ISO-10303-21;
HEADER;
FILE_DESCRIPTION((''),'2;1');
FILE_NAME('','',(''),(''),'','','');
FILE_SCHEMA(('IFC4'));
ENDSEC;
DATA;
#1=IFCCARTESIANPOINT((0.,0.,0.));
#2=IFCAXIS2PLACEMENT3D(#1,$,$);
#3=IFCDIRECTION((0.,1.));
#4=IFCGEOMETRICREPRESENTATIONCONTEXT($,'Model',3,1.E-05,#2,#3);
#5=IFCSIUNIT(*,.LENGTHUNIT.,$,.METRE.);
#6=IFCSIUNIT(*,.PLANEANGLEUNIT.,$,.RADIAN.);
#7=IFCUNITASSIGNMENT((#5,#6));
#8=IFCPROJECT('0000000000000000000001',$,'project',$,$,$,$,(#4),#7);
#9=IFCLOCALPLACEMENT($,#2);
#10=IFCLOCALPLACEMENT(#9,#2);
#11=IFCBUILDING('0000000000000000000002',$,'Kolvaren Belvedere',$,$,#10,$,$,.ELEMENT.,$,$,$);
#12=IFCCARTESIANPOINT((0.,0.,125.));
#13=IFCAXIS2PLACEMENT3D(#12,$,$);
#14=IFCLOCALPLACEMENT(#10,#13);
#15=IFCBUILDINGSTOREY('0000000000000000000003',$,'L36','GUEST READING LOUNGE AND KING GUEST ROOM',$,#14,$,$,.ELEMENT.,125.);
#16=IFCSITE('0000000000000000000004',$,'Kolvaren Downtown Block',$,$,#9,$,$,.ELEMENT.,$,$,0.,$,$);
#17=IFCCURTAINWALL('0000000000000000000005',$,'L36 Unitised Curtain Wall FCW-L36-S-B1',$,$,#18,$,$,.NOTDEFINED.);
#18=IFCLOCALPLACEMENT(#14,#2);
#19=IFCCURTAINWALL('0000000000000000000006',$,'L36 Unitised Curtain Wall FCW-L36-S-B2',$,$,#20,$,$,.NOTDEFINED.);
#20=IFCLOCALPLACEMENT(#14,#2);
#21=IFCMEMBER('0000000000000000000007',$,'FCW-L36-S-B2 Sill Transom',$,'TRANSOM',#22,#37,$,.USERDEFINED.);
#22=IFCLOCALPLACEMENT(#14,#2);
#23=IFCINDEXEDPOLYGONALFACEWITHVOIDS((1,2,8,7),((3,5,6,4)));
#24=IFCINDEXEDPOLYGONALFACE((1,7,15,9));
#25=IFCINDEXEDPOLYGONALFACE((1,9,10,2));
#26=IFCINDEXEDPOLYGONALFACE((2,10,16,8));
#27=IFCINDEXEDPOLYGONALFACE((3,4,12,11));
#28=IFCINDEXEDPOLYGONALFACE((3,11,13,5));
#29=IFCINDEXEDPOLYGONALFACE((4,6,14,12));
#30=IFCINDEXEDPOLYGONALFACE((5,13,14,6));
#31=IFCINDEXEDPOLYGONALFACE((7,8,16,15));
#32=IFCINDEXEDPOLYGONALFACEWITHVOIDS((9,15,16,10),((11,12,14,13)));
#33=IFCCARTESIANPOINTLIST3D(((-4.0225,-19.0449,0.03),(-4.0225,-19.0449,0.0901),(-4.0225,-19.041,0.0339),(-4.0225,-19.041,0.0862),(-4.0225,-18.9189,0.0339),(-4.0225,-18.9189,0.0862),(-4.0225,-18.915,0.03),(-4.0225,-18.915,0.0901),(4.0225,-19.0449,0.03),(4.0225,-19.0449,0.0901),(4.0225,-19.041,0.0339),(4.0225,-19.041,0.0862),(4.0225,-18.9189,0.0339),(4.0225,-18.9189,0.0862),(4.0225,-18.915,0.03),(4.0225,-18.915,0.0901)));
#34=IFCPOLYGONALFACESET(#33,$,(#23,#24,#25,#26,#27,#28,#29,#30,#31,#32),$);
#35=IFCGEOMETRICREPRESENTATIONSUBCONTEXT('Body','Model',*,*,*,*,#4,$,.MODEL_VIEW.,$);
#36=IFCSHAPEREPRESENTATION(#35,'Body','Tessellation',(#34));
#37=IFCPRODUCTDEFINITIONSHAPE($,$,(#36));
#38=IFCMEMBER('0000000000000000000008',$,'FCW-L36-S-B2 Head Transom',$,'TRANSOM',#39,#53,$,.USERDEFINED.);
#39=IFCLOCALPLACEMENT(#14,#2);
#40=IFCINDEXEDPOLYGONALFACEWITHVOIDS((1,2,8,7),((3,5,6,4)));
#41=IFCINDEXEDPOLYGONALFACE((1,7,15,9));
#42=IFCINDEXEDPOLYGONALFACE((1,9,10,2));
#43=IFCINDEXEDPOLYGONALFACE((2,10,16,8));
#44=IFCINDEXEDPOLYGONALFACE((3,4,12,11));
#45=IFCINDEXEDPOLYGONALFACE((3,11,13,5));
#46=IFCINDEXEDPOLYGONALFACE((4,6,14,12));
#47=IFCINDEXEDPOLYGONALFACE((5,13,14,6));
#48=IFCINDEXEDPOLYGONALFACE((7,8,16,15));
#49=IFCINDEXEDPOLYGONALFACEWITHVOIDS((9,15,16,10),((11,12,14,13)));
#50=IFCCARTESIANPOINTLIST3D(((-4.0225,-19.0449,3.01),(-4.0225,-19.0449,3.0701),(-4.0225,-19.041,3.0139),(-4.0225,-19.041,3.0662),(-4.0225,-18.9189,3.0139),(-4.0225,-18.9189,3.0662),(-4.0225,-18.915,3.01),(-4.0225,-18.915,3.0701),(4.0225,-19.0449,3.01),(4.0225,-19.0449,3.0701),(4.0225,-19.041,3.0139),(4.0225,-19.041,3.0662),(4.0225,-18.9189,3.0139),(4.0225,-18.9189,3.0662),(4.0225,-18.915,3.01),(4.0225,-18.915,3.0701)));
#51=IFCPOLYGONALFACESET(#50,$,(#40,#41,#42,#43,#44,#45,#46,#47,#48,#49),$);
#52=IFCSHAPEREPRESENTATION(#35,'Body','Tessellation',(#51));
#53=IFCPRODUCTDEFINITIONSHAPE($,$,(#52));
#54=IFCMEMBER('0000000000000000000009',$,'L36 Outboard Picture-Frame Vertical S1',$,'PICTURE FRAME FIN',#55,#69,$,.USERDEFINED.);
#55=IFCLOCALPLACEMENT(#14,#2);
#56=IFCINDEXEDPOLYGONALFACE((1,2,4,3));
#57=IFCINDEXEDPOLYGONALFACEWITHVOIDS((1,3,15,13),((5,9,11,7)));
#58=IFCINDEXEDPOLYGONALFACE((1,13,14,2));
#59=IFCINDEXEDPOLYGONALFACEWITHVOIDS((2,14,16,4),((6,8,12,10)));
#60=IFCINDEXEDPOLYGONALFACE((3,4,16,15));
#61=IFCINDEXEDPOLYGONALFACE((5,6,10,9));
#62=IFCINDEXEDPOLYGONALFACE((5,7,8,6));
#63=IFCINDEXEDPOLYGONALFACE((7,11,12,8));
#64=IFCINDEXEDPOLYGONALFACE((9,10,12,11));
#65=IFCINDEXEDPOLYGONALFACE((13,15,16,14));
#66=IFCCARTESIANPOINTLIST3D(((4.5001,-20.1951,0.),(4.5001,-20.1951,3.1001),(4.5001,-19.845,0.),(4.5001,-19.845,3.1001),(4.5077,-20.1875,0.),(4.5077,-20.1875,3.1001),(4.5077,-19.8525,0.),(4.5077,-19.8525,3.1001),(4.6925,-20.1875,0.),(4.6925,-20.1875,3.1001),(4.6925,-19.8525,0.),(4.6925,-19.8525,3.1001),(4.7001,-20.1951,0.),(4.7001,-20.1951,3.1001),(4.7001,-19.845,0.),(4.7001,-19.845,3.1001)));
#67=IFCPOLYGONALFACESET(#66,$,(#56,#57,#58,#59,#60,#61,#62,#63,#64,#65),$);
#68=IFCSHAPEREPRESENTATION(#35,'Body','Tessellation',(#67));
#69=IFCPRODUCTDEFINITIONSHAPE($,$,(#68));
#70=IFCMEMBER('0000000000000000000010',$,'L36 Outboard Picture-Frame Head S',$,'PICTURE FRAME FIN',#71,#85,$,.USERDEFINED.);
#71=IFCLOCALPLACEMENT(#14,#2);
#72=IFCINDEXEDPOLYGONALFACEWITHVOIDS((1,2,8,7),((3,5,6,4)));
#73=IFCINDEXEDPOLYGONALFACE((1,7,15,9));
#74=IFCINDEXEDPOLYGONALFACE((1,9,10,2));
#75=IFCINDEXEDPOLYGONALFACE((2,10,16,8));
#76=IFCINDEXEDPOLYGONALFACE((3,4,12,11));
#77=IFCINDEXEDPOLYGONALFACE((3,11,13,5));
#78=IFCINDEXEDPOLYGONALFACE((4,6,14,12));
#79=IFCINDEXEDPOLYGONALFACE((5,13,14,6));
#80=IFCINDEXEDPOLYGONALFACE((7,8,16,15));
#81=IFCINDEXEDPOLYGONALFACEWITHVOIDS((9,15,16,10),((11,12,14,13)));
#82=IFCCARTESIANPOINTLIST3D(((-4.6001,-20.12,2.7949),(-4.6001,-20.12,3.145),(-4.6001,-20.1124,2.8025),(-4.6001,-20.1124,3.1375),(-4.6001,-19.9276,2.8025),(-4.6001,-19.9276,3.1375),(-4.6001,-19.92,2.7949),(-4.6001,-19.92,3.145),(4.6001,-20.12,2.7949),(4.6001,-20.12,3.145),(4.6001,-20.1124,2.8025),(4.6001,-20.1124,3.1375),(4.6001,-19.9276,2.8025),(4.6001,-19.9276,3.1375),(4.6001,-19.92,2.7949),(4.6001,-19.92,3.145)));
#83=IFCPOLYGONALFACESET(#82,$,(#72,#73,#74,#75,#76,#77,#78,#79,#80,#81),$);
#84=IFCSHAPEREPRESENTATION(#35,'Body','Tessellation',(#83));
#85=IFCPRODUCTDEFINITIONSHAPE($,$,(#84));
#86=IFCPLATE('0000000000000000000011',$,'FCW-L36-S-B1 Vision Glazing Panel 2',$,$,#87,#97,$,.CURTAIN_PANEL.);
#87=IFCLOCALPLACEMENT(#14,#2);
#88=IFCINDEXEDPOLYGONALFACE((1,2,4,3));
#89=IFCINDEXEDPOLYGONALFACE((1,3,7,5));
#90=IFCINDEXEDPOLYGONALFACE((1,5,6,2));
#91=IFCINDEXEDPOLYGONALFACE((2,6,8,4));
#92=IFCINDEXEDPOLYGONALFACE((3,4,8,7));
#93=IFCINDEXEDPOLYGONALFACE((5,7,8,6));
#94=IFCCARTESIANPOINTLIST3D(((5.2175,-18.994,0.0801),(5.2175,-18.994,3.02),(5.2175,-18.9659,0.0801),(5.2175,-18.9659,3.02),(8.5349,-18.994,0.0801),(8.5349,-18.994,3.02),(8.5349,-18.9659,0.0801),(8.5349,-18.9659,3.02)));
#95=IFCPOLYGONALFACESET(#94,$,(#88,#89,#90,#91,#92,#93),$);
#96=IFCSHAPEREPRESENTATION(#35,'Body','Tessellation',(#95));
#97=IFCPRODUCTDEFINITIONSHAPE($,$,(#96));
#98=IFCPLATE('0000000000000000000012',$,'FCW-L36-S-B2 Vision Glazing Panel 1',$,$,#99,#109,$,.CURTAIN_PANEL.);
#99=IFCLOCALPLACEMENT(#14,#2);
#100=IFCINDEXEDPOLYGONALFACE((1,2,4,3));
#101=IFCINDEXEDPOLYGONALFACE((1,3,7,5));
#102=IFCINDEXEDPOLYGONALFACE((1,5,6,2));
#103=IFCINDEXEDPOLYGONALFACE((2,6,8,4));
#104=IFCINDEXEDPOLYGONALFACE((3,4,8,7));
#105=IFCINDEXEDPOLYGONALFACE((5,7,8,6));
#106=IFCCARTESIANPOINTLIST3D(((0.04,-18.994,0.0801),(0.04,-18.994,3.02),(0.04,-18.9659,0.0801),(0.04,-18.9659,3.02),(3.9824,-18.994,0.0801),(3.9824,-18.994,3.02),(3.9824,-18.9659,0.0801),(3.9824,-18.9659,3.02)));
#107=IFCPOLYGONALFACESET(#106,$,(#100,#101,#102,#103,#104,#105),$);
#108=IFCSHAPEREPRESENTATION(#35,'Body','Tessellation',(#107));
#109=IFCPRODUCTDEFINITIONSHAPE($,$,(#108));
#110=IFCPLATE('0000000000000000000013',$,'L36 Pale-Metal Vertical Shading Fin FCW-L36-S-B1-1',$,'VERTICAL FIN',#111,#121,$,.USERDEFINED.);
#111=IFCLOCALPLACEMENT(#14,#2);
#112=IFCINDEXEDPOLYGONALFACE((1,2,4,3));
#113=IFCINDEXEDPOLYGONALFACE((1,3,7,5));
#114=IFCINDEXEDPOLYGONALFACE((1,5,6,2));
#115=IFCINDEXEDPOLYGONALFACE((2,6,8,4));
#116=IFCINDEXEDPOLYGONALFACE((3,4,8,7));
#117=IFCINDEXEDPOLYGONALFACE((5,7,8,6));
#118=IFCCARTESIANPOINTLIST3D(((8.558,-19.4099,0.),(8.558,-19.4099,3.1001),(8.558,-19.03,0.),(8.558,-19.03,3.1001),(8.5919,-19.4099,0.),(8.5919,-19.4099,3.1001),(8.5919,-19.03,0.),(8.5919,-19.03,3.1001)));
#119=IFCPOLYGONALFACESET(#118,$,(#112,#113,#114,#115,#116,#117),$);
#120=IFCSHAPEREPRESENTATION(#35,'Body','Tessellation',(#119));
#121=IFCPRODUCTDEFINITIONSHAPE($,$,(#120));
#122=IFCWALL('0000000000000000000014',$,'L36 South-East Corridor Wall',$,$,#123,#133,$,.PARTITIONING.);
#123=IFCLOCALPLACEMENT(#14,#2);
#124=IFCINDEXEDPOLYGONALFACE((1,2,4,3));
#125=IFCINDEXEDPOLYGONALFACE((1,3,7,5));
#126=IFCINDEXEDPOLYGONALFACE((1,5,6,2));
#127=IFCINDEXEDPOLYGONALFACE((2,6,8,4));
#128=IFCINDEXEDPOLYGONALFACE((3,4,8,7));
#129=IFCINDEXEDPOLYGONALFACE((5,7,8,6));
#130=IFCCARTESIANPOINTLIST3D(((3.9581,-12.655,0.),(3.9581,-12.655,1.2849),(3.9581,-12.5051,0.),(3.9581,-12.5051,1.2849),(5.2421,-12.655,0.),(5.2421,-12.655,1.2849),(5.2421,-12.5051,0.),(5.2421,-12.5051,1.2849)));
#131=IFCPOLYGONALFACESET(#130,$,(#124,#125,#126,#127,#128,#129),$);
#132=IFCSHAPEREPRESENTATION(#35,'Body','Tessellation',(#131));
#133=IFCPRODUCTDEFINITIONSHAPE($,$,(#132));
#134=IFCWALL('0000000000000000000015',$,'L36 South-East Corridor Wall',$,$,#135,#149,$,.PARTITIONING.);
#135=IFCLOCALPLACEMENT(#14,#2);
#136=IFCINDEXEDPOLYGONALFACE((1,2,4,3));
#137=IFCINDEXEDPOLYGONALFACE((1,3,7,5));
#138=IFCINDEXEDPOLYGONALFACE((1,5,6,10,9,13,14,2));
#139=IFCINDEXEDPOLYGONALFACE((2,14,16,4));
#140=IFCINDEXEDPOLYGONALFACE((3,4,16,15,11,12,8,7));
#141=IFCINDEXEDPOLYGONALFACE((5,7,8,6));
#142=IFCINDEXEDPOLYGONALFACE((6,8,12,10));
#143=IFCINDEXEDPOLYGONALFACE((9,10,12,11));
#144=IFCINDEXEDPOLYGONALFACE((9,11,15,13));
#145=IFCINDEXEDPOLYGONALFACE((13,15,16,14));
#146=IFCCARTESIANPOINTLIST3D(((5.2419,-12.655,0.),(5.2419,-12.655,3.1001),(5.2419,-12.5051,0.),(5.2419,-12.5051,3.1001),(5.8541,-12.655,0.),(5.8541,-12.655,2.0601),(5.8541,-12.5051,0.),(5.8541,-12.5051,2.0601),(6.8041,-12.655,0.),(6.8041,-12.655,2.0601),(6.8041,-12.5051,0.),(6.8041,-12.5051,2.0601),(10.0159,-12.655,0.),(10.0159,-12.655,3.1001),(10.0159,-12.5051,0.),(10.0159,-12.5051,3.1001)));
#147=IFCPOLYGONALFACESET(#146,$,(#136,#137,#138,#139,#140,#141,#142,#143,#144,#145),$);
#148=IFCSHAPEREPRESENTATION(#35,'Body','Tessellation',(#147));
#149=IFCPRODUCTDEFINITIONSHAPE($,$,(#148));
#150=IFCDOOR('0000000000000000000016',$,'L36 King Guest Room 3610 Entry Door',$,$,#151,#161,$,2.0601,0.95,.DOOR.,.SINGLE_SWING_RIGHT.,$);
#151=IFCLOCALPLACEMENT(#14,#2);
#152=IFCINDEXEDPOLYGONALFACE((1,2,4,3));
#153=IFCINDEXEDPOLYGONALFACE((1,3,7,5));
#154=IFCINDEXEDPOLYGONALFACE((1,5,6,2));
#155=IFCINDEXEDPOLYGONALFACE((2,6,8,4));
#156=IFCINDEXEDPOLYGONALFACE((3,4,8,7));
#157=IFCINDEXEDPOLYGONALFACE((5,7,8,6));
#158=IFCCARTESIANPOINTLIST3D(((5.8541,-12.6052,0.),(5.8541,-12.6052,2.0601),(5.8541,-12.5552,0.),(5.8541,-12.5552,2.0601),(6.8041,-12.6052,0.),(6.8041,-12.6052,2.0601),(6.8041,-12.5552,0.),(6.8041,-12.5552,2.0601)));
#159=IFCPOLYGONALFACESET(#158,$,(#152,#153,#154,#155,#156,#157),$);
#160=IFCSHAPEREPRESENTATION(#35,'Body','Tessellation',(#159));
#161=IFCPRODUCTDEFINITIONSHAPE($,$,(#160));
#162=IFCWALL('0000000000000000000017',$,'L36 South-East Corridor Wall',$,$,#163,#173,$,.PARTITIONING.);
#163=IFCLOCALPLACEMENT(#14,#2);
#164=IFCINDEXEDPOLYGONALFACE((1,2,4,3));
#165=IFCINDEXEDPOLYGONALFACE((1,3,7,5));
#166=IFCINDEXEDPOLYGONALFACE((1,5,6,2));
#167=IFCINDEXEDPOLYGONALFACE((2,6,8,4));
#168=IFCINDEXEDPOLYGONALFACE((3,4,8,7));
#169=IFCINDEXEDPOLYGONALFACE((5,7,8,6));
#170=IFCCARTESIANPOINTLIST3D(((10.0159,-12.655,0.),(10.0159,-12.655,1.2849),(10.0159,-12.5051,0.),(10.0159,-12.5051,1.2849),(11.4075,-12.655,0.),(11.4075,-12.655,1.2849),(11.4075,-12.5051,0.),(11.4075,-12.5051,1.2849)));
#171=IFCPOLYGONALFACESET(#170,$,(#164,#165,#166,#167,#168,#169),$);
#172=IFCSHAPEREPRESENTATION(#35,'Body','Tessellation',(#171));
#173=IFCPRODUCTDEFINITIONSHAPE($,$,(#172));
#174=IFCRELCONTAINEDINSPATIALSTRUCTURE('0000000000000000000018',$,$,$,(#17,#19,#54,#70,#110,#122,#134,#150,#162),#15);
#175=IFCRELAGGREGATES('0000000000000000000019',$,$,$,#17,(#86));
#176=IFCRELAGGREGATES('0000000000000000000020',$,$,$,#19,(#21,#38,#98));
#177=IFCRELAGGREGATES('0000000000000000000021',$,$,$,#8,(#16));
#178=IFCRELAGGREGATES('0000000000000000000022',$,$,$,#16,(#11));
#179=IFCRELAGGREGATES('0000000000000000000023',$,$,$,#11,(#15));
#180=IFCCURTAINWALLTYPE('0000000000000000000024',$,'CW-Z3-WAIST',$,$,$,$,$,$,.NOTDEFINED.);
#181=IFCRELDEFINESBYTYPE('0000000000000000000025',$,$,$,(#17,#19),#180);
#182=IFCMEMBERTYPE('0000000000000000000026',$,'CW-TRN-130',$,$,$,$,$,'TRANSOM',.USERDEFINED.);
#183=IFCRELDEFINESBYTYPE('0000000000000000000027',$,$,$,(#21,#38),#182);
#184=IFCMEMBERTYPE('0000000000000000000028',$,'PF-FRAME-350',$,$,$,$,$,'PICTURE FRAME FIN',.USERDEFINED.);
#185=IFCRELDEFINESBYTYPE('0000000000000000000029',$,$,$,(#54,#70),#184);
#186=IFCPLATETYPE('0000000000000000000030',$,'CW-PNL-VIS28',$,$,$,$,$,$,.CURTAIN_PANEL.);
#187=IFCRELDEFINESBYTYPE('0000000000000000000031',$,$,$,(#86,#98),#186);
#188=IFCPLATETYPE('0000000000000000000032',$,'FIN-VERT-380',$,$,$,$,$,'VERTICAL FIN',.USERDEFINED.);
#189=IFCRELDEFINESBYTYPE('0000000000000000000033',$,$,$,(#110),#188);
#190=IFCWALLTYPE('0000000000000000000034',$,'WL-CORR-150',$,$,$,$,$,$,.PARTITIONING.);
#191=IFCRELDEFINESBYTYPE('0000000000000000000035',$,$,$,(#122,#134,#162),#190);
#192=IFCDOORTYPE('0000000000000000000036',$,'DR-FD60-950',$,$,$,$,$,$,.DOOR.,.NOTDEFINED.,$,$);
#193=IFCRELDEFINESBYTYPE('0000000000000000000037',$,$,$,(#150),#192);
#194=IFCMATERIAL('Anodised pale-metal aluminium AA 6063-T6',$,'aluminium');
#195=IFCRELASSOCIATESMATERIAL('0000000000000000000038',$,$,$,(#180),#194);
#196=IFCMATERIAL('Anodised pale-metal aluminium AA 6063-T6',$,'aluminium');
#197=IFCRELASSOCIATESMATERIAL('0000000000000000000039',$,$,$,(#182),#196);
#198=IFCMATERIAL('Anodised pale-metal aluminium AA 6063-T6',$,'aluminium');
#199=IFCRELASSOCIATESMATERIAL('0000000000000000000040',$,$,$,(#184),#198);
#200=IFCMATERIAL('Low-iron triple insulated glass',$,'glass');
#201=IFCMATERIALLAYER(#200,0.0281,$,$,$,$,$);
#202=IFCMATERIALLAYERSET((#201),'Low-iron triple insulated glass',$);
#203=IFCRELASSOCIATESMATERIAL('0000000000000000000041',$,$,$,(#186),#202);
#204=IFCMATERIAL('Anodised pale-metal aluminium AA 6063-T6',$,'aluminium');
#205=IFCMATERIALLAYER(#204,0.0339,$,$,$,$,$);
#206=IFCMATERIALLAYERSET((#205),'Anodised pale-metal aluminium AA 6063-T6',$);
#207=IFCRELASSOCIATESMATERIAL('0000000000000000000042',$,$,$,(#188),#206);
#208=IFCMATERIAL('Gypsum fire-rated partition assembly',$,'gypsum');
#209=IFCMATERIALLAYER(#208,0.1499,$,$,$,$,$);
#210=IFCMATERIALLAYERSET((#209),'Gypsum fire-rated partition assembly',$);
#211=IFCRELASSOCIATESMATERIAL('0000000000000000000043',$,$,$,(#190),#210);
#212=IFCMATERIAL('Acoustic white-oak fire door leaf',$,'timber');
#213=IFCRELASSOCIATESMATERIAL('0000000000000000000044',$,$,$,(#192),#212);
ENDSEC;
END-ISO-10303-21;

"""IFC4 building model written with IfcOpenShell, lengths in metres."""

from ifc_helpers import new_model, si_unit, direction, frame, frame_2d, origin, origin_2d, place, context, subcontext, project, spatial, rectangle, hollow_rectangle, extrude, material, layer, layer_set, material_profile, profile_set, type_object, element, fill, aggregate, save


model = new_model("IFC4")

# Units and contexts
model_context = context("Model", 3, precision=1e-05, world=origin(), true_north=direction((0.0, 1.0)))
body_context = subcontext(model_context, "Body", "Model", "MODEL_VIEW")
ifc_project = project(units=[si_unit("LENGTHUNIT", "METRE"), si_unit("PLANEANGLEUNIT", "RADIAN")], contexts=[model_context])

# Site, building, storey
site_placement = place(None, origin())
site = spatial("IfcSite", under=ifc_project, at=site_placement, Name="Kolvaren Downtown Block", CompositionType="ELEMENT", RefElevation=0.0)
building_placement = place(site_placement, origin())
building = spatial("IfcBuilding", under=site, at=building_placement, Name="Kolvaren Belvedere", CompositionType="ELEMENT")
storey_placement = place(building_placement, frame((0.0, 0.0, 125.0)))
storey = spatial("IfcBuildingStorey", under=building, at=storey_placement, Name="L36", Description="GUEST READING LOUNGE AND KING GUEST ROOM", CompositionType="ELEMENT", Elevation=125.0)

# Curtain walls, members
ifc_material_1 = material(Name="Anodised pale-metal aluminium AA 6063-T6", Category="aluminium")
curtain_wall_type = type_object("IfcCurtainWallType", Name="CW-Z3-WAIST", PredefinedType="NOTDEFINED", material=ifc_material_1)
curtain_wall_1_placement = place(storey_placement, origin())
curtain_wall_1 = element("IfcCurtainWall", 1, at=curtain_wall_1_placement, inside=storey, type_object=curtain_wall_type, Name="L36 Unitised Curtain Wall FCW-L36-S-B1", PredefinedType="NOTDEFINED")
curtain_wall_2_placement = place(storey_placement, origin())
curtain_wall_2 = element("IfcCurtainWall", 2, at=curtain_wall_2_placement, inside=storey, type_object=curtain_wall_type, Name="L36 Unitised Curtain Wall FCW-L36-S-B2", PredefinedType="NOTDEFINED")
ifc_material_2 = material(Name="Anodised pale-metal aluminium AA 6063-T6", Category="aluminium")
ifc_material_profile_1 = material_profile(ifc_material_2, hollow_rectangle(XDim=0.0601, YDim=0.1299, WallThickness=0.0039, at=origin_2d()), Name="ALU-TRN-130X60")
ifc_profile_set_1 = profile_set([ifc_material_profile_1], Name="Anodised pale-metal aluminium AA 6063-T6")
member_type_1 = type_object("IfcMemberType", Name="CW-TRN-130", ElementType="TRANSOM", PredefinedType="USERDEFINED", material=ifc_profile_set_1)
member_1_placement = place(storey_placement, frame((4.0225, -18.98, 0.0601), z_axis=(-1.0, 0.0, 0.0), x_axis=(0.0, 0.0, 1.0)))
member_1 = element("IfcMember", 3, at=member_1_placement, type_object=member_type_1, Name="FCW-L36-S-B2 Sill Transom", ObjectType="TRANSOM", PredefinedType="USERDEFINED", context=body_context, shape_type="SweptSolid", body=[
    extrude(hollow_rectangle(XDim=0.0601, YDim=0.1299, WallThickness=0.0039, at=origin_2d()), origin(), (0.0, 0.0, 1.0), 8.0449),
])
member_2_placement = place(storey_placement, frame((4.0225, -18.98, 3.04), z_axis=(-1.0, 0.0, 0.0), x_axis=(0.0, 0.0, 1.0)))
member_2 = element("IfcMember", 4, at=member_2_placement, type_object=member_type_1, Name="FCW-L36-S-B2 Head Transom", ObjectType="TRANSOM", PredefinedType="USERDEFINED", context=body_context, shape_type="SweptSolid", body=[
    extrude(hollow_rectangle(XDim=0.0601, YDim=0.1299, WallThickness=0.0039, at=origin_2d()), origin(), (0.0, 0.0, 1.0), 8.0449),
])

# Members
ifc_material_3 = material(Name="Anodised pale-metal aluminium AA 6063-T6", Category="aluminium")
ifc_material_profile_2 = material_profile(ifc_material_3, hollow_rectangle(XDim=0.2, YDim=0.3501, WallThickness=0.0076, at=origin_2d()), Name="ALU-PF-350X200")
ifc_profile_set_2 = profile_set([ifc_material_profile_2], Name="Anodised pale-metal aluminium AA 6063-T6")
member_type_2 = type_object("IfcMemberType", Name="PF-FRAME-350", ElementType="PICTURE FRAME FIN", PredefinedType="USERDEFINED", material=ifc_profile_set_2)
member_3_placement = place(storey_placement, frame((4.6001, -20.02, 0.0), z_axis=(0.0, 0.0, 1.0), x_axis=(1.0, 0.0, 0.0)))
element("IfcMember", 5, at=member_3_placement, inside=storey, type_object=member_type_2, Name="L36 Outboard Picture-Frame Vertical S1", ObjectType="PICTURE FRAME FIN", PredefinedType="USERDEFINED", context=body_context, shape_type="SweptSolid", body=[
    extrude(hollow_rectangle(XDim=0.2, YDim=0.3501, WallThickness=0.0076, at=origin_2d()), origin(), (0.0, 0.0, 1.0), 3.1001),
])
member_4_placement = place(storey_placement, frame((4.6001, -20.02, 2.97), z_axis=(-1.0, 0.0, 0.0), x_axis=(0.0, -1.0, 0.0)))
element("IfcMember", 6, at=member_4_placement, inside=storey, type_object=member_type_2, Name="L36 Outboard Picture-Frame Head S", ObjectType="PICTURE FRAME FIN", PredefinedType="USERDEFINED", context=body_context, shape_type="SweptSolid", body=[
    extrude(hollow_rectangle(XDim=0.2, YDim=0.3501, WallThickness=0.0076, at=origin_2d()), origin(), (0.0, 0.0, 1.0), 9.2002),
])

# Plates
ifc_material_4 = material(Name="Low-iron triple insulated glass", Category="glass")
ifc_layer_1 = layer(ifc_material_4, 0.0281)
ifc_layer_set_1 = layer_set([ifc_layer_1], Name="Low-iron triple insulated glass")
plate_type_1 = type_object("IfcPlateType", Name="CW-PNL-VIS28", PredefinedType="CURTAIN_PANEL", material=ifc_layer_set_1)
plate_1_placement = place(storey_placement, frame((6.8762, -18.98, 0.0801), z_axis=(0.0, 0.0, 1.0), x_axis=(-1.0, 0.0, 0.0)))
plate_1 = element("IfcPlate", 7, at=plate_1_placement, type_object=plate_type_1, Name="FCW-L36-S-B1 Vision Glazing Panel 2", PredefinedType="CURTAIN_PANEL", context=body_context, shape_type="SweptSolid", body=[
    extrude(rectangle(XDim=3.3174, YDim=0.0281, at=origin_2d()), origin(), (0.0, 0.0, 1.0), 2.9399),
])
aggregate(curtain_wall_1, [plate_1])
plate_2_placement = place(storey_placement, frame((2.0112, -18.98, 0.0801), z_axis=(0.0, 0.0, 1.0), x_axis=(-1.0, 0.0, 0.0)))
plate_2 = element("IfcPlate", 8, at=plate_2_placement, type_object=plate_type_1, Name="FCW-L36-S-B2 Vision Glazing Panel 1", PredefinedType="CURTAIN_PANEL", context=body_context, shape_type="SweptSolid", body=[
    extrude(rectangle(XDim=3.9424, YDim=0.0281, at=origin_2d()), origin(), (0.0, 0.0, 1.0), 2.9399),
])
aggregate(curtain_wall_2, [member_1, member_2, plate_2])
ifc_material_5 = material(Name="Anodised pale-metal aluminium AA 6063-T6", Category="aluminium")
ifc_layer_2 = layer(ifc_material_5, 0.0339)
ifc_layer_set_2 = layer_set([ifc_layer_2], Name="Anodised pale-metal aluminium AA 6063-T6")
plate_type_2 = type_object("IfcPlateType", Name="FIN-VERT-380", ElementType="VERTICAL FIN", PredefinedType="USERDEFINED", material=ifc_layer_set_2)
plate_3_placement = place(storey_placement, frame((8.575, -19.22, 0.0), z_axis=(0.0, 0.0, 1.0), x_axis=(0.0, 1.0, 0.0)))
element("IfcPlate", 9, at=plate_3_placement, inside=storey, type_object=plate_type_2, Name="L36 Pale-Metal Vertical Shading Fin FCW-L36-S-B1-1", ObjectType="VERTICAL FIN", PredefinedType="USERDEFINED", context=body_context, shape_type="SweptSolid", body=[
    extrude(rectangle(XDim=0.3799, YDim=0.0339, at=origin_2d()), origin(), (0.0, 0.0, 1.0), 3.1001),
])

# Wall
ifc_material_6 = material(Name="Gypsum fire-rated partition assembly", Category="gypsum")
ifc_layer_3 = layer(ifc_material_6, 0.1499)
ifc_layer_set_3 = layer_set([ifc_layer_3], Name="Gypsum fire-rated partition assembly")
wall_type_1 = type_object("IfcWallType", Name="WL-CORR-150", PredefinedType="PARTITIONING", material=ifc_layer_set_3)
wall_1_placement = place(storey_placement, frame((3.958, -12.5801, 0.0), z_axis=(0.0, 0.0, 1.0), x_axis=(1.0, 0.0, 0.0)))
element("IfcWall", 10, at=wall_1_placement, inside=storey, type_object=wall_type_1, Name="L36 South-East Corridor Wall", PredefinedType="PARTITIONING", context=body_context, shape_type="SweptSolid", body=[
    extrude(rectangle(XDim=1.2839, YDim=0.1499, at=frame_2d((0.6421, 0.0))), origin(), (0.0, 0.0, 1.0), 1.2849),
])

# Wall, opening, door
wall_2_placement = place(storey_placement, frame((5.2419, -12.5801, 0.0), z_axis=(0.0, 0.0, 1.0), x_axis=(1.0, 0.0, 0.0)))
wall_2 = element("IfcWall", 11, at=wall_2_placement, inside=storey, type_object=wall_type_1, Name="L36 South-East Corridor Wall", PredefinedType="PARTITIONING", context=body_context, shape_type="SweptSolid", body=[
    extrude(rectangle(XDim=4.7739, YDim=0.1499, at=frame_2d((2.387, 0.0))), origin(), (0.0, 0.0, 1.0), 3.1001),
])
opening_1_placement = place(wall_2_placement, frame((0.6121, 0.0, 0.0)))
opening_1 = element("IfcOpeningElement", 12, at=opening_1_placement, cuts=wall_2, PredefinedType="OPENING", context=body_context, shape_type="SweptSolid", body=[
    extrude(rectangle(XDim=0.95, YDim=2.0601, at=frame_2d((0.4751, 1.03))), frame((0.0, 0.085, 0.0), z_axis=(0.0, -1.0, 0.0), x_axis=(1.0, 0.0, 0.0)), (0.0, 0.0, 1.0), 0.1699),
])
ifc_material_7 = material(Name="Acoustic white-oak fire door leaf", Category="timber")
door_type_1 = type_object("IfcDoorType", Name="DR-FD60-950", OperationType="NOTDEFINED", PredefinedType="DOOR", material=ifc_material_7)
door_1_placement = place(opening_1_placement, origin())
door_1 = element("IfcDoor", 13, at=door_1_placement, inside=storey, type_object=door_type_1, Name="L36 King Guest Room 3610 Entry Door", OperationType="SINGLE_SWING_RIGHT", OverallHeight=2.0601, OverallWidth=0.95, PredefinedType="DOOR", context=body_context, shape_type="SweptSolid", body=[
    extrude(rectangle(XDim=0.95, YDim=2.0601, at=frame_2d((0.4751, 1.03))), frame((0.0, 0.0249, 0.0), z_axis=(0.0, -1.0, 0.0), x_axis=(1.0, 0.0, 0.0)), (0.0, 0.0, 1.0), 0.05),
])
fill(opening_1, door_1)

# Wall
wall_3_placement = place(storey_placement, frame((10.0159, -12.5801, 0.0), z_axis=(0.0, 0.0, 1.0), x_axis=(1.0, 0.0, 0.0)))
element("IfcWall", 14, at=wall_3_placement, inside=storey, type_object=wall_type_1, Name="L36 South-East Corridor Wall", PredefinedType="PARTITIONING", context=body_context, shape_type="SweptSolid", body=[
    extrude(rectangle(XDim=1.3916, YDim=0.1499, at=frame_2d((0.6958, 0.0))), origin(), (0.0, 0.0, 1.0), 1.2849),
])

save(model, "model.ifc")
